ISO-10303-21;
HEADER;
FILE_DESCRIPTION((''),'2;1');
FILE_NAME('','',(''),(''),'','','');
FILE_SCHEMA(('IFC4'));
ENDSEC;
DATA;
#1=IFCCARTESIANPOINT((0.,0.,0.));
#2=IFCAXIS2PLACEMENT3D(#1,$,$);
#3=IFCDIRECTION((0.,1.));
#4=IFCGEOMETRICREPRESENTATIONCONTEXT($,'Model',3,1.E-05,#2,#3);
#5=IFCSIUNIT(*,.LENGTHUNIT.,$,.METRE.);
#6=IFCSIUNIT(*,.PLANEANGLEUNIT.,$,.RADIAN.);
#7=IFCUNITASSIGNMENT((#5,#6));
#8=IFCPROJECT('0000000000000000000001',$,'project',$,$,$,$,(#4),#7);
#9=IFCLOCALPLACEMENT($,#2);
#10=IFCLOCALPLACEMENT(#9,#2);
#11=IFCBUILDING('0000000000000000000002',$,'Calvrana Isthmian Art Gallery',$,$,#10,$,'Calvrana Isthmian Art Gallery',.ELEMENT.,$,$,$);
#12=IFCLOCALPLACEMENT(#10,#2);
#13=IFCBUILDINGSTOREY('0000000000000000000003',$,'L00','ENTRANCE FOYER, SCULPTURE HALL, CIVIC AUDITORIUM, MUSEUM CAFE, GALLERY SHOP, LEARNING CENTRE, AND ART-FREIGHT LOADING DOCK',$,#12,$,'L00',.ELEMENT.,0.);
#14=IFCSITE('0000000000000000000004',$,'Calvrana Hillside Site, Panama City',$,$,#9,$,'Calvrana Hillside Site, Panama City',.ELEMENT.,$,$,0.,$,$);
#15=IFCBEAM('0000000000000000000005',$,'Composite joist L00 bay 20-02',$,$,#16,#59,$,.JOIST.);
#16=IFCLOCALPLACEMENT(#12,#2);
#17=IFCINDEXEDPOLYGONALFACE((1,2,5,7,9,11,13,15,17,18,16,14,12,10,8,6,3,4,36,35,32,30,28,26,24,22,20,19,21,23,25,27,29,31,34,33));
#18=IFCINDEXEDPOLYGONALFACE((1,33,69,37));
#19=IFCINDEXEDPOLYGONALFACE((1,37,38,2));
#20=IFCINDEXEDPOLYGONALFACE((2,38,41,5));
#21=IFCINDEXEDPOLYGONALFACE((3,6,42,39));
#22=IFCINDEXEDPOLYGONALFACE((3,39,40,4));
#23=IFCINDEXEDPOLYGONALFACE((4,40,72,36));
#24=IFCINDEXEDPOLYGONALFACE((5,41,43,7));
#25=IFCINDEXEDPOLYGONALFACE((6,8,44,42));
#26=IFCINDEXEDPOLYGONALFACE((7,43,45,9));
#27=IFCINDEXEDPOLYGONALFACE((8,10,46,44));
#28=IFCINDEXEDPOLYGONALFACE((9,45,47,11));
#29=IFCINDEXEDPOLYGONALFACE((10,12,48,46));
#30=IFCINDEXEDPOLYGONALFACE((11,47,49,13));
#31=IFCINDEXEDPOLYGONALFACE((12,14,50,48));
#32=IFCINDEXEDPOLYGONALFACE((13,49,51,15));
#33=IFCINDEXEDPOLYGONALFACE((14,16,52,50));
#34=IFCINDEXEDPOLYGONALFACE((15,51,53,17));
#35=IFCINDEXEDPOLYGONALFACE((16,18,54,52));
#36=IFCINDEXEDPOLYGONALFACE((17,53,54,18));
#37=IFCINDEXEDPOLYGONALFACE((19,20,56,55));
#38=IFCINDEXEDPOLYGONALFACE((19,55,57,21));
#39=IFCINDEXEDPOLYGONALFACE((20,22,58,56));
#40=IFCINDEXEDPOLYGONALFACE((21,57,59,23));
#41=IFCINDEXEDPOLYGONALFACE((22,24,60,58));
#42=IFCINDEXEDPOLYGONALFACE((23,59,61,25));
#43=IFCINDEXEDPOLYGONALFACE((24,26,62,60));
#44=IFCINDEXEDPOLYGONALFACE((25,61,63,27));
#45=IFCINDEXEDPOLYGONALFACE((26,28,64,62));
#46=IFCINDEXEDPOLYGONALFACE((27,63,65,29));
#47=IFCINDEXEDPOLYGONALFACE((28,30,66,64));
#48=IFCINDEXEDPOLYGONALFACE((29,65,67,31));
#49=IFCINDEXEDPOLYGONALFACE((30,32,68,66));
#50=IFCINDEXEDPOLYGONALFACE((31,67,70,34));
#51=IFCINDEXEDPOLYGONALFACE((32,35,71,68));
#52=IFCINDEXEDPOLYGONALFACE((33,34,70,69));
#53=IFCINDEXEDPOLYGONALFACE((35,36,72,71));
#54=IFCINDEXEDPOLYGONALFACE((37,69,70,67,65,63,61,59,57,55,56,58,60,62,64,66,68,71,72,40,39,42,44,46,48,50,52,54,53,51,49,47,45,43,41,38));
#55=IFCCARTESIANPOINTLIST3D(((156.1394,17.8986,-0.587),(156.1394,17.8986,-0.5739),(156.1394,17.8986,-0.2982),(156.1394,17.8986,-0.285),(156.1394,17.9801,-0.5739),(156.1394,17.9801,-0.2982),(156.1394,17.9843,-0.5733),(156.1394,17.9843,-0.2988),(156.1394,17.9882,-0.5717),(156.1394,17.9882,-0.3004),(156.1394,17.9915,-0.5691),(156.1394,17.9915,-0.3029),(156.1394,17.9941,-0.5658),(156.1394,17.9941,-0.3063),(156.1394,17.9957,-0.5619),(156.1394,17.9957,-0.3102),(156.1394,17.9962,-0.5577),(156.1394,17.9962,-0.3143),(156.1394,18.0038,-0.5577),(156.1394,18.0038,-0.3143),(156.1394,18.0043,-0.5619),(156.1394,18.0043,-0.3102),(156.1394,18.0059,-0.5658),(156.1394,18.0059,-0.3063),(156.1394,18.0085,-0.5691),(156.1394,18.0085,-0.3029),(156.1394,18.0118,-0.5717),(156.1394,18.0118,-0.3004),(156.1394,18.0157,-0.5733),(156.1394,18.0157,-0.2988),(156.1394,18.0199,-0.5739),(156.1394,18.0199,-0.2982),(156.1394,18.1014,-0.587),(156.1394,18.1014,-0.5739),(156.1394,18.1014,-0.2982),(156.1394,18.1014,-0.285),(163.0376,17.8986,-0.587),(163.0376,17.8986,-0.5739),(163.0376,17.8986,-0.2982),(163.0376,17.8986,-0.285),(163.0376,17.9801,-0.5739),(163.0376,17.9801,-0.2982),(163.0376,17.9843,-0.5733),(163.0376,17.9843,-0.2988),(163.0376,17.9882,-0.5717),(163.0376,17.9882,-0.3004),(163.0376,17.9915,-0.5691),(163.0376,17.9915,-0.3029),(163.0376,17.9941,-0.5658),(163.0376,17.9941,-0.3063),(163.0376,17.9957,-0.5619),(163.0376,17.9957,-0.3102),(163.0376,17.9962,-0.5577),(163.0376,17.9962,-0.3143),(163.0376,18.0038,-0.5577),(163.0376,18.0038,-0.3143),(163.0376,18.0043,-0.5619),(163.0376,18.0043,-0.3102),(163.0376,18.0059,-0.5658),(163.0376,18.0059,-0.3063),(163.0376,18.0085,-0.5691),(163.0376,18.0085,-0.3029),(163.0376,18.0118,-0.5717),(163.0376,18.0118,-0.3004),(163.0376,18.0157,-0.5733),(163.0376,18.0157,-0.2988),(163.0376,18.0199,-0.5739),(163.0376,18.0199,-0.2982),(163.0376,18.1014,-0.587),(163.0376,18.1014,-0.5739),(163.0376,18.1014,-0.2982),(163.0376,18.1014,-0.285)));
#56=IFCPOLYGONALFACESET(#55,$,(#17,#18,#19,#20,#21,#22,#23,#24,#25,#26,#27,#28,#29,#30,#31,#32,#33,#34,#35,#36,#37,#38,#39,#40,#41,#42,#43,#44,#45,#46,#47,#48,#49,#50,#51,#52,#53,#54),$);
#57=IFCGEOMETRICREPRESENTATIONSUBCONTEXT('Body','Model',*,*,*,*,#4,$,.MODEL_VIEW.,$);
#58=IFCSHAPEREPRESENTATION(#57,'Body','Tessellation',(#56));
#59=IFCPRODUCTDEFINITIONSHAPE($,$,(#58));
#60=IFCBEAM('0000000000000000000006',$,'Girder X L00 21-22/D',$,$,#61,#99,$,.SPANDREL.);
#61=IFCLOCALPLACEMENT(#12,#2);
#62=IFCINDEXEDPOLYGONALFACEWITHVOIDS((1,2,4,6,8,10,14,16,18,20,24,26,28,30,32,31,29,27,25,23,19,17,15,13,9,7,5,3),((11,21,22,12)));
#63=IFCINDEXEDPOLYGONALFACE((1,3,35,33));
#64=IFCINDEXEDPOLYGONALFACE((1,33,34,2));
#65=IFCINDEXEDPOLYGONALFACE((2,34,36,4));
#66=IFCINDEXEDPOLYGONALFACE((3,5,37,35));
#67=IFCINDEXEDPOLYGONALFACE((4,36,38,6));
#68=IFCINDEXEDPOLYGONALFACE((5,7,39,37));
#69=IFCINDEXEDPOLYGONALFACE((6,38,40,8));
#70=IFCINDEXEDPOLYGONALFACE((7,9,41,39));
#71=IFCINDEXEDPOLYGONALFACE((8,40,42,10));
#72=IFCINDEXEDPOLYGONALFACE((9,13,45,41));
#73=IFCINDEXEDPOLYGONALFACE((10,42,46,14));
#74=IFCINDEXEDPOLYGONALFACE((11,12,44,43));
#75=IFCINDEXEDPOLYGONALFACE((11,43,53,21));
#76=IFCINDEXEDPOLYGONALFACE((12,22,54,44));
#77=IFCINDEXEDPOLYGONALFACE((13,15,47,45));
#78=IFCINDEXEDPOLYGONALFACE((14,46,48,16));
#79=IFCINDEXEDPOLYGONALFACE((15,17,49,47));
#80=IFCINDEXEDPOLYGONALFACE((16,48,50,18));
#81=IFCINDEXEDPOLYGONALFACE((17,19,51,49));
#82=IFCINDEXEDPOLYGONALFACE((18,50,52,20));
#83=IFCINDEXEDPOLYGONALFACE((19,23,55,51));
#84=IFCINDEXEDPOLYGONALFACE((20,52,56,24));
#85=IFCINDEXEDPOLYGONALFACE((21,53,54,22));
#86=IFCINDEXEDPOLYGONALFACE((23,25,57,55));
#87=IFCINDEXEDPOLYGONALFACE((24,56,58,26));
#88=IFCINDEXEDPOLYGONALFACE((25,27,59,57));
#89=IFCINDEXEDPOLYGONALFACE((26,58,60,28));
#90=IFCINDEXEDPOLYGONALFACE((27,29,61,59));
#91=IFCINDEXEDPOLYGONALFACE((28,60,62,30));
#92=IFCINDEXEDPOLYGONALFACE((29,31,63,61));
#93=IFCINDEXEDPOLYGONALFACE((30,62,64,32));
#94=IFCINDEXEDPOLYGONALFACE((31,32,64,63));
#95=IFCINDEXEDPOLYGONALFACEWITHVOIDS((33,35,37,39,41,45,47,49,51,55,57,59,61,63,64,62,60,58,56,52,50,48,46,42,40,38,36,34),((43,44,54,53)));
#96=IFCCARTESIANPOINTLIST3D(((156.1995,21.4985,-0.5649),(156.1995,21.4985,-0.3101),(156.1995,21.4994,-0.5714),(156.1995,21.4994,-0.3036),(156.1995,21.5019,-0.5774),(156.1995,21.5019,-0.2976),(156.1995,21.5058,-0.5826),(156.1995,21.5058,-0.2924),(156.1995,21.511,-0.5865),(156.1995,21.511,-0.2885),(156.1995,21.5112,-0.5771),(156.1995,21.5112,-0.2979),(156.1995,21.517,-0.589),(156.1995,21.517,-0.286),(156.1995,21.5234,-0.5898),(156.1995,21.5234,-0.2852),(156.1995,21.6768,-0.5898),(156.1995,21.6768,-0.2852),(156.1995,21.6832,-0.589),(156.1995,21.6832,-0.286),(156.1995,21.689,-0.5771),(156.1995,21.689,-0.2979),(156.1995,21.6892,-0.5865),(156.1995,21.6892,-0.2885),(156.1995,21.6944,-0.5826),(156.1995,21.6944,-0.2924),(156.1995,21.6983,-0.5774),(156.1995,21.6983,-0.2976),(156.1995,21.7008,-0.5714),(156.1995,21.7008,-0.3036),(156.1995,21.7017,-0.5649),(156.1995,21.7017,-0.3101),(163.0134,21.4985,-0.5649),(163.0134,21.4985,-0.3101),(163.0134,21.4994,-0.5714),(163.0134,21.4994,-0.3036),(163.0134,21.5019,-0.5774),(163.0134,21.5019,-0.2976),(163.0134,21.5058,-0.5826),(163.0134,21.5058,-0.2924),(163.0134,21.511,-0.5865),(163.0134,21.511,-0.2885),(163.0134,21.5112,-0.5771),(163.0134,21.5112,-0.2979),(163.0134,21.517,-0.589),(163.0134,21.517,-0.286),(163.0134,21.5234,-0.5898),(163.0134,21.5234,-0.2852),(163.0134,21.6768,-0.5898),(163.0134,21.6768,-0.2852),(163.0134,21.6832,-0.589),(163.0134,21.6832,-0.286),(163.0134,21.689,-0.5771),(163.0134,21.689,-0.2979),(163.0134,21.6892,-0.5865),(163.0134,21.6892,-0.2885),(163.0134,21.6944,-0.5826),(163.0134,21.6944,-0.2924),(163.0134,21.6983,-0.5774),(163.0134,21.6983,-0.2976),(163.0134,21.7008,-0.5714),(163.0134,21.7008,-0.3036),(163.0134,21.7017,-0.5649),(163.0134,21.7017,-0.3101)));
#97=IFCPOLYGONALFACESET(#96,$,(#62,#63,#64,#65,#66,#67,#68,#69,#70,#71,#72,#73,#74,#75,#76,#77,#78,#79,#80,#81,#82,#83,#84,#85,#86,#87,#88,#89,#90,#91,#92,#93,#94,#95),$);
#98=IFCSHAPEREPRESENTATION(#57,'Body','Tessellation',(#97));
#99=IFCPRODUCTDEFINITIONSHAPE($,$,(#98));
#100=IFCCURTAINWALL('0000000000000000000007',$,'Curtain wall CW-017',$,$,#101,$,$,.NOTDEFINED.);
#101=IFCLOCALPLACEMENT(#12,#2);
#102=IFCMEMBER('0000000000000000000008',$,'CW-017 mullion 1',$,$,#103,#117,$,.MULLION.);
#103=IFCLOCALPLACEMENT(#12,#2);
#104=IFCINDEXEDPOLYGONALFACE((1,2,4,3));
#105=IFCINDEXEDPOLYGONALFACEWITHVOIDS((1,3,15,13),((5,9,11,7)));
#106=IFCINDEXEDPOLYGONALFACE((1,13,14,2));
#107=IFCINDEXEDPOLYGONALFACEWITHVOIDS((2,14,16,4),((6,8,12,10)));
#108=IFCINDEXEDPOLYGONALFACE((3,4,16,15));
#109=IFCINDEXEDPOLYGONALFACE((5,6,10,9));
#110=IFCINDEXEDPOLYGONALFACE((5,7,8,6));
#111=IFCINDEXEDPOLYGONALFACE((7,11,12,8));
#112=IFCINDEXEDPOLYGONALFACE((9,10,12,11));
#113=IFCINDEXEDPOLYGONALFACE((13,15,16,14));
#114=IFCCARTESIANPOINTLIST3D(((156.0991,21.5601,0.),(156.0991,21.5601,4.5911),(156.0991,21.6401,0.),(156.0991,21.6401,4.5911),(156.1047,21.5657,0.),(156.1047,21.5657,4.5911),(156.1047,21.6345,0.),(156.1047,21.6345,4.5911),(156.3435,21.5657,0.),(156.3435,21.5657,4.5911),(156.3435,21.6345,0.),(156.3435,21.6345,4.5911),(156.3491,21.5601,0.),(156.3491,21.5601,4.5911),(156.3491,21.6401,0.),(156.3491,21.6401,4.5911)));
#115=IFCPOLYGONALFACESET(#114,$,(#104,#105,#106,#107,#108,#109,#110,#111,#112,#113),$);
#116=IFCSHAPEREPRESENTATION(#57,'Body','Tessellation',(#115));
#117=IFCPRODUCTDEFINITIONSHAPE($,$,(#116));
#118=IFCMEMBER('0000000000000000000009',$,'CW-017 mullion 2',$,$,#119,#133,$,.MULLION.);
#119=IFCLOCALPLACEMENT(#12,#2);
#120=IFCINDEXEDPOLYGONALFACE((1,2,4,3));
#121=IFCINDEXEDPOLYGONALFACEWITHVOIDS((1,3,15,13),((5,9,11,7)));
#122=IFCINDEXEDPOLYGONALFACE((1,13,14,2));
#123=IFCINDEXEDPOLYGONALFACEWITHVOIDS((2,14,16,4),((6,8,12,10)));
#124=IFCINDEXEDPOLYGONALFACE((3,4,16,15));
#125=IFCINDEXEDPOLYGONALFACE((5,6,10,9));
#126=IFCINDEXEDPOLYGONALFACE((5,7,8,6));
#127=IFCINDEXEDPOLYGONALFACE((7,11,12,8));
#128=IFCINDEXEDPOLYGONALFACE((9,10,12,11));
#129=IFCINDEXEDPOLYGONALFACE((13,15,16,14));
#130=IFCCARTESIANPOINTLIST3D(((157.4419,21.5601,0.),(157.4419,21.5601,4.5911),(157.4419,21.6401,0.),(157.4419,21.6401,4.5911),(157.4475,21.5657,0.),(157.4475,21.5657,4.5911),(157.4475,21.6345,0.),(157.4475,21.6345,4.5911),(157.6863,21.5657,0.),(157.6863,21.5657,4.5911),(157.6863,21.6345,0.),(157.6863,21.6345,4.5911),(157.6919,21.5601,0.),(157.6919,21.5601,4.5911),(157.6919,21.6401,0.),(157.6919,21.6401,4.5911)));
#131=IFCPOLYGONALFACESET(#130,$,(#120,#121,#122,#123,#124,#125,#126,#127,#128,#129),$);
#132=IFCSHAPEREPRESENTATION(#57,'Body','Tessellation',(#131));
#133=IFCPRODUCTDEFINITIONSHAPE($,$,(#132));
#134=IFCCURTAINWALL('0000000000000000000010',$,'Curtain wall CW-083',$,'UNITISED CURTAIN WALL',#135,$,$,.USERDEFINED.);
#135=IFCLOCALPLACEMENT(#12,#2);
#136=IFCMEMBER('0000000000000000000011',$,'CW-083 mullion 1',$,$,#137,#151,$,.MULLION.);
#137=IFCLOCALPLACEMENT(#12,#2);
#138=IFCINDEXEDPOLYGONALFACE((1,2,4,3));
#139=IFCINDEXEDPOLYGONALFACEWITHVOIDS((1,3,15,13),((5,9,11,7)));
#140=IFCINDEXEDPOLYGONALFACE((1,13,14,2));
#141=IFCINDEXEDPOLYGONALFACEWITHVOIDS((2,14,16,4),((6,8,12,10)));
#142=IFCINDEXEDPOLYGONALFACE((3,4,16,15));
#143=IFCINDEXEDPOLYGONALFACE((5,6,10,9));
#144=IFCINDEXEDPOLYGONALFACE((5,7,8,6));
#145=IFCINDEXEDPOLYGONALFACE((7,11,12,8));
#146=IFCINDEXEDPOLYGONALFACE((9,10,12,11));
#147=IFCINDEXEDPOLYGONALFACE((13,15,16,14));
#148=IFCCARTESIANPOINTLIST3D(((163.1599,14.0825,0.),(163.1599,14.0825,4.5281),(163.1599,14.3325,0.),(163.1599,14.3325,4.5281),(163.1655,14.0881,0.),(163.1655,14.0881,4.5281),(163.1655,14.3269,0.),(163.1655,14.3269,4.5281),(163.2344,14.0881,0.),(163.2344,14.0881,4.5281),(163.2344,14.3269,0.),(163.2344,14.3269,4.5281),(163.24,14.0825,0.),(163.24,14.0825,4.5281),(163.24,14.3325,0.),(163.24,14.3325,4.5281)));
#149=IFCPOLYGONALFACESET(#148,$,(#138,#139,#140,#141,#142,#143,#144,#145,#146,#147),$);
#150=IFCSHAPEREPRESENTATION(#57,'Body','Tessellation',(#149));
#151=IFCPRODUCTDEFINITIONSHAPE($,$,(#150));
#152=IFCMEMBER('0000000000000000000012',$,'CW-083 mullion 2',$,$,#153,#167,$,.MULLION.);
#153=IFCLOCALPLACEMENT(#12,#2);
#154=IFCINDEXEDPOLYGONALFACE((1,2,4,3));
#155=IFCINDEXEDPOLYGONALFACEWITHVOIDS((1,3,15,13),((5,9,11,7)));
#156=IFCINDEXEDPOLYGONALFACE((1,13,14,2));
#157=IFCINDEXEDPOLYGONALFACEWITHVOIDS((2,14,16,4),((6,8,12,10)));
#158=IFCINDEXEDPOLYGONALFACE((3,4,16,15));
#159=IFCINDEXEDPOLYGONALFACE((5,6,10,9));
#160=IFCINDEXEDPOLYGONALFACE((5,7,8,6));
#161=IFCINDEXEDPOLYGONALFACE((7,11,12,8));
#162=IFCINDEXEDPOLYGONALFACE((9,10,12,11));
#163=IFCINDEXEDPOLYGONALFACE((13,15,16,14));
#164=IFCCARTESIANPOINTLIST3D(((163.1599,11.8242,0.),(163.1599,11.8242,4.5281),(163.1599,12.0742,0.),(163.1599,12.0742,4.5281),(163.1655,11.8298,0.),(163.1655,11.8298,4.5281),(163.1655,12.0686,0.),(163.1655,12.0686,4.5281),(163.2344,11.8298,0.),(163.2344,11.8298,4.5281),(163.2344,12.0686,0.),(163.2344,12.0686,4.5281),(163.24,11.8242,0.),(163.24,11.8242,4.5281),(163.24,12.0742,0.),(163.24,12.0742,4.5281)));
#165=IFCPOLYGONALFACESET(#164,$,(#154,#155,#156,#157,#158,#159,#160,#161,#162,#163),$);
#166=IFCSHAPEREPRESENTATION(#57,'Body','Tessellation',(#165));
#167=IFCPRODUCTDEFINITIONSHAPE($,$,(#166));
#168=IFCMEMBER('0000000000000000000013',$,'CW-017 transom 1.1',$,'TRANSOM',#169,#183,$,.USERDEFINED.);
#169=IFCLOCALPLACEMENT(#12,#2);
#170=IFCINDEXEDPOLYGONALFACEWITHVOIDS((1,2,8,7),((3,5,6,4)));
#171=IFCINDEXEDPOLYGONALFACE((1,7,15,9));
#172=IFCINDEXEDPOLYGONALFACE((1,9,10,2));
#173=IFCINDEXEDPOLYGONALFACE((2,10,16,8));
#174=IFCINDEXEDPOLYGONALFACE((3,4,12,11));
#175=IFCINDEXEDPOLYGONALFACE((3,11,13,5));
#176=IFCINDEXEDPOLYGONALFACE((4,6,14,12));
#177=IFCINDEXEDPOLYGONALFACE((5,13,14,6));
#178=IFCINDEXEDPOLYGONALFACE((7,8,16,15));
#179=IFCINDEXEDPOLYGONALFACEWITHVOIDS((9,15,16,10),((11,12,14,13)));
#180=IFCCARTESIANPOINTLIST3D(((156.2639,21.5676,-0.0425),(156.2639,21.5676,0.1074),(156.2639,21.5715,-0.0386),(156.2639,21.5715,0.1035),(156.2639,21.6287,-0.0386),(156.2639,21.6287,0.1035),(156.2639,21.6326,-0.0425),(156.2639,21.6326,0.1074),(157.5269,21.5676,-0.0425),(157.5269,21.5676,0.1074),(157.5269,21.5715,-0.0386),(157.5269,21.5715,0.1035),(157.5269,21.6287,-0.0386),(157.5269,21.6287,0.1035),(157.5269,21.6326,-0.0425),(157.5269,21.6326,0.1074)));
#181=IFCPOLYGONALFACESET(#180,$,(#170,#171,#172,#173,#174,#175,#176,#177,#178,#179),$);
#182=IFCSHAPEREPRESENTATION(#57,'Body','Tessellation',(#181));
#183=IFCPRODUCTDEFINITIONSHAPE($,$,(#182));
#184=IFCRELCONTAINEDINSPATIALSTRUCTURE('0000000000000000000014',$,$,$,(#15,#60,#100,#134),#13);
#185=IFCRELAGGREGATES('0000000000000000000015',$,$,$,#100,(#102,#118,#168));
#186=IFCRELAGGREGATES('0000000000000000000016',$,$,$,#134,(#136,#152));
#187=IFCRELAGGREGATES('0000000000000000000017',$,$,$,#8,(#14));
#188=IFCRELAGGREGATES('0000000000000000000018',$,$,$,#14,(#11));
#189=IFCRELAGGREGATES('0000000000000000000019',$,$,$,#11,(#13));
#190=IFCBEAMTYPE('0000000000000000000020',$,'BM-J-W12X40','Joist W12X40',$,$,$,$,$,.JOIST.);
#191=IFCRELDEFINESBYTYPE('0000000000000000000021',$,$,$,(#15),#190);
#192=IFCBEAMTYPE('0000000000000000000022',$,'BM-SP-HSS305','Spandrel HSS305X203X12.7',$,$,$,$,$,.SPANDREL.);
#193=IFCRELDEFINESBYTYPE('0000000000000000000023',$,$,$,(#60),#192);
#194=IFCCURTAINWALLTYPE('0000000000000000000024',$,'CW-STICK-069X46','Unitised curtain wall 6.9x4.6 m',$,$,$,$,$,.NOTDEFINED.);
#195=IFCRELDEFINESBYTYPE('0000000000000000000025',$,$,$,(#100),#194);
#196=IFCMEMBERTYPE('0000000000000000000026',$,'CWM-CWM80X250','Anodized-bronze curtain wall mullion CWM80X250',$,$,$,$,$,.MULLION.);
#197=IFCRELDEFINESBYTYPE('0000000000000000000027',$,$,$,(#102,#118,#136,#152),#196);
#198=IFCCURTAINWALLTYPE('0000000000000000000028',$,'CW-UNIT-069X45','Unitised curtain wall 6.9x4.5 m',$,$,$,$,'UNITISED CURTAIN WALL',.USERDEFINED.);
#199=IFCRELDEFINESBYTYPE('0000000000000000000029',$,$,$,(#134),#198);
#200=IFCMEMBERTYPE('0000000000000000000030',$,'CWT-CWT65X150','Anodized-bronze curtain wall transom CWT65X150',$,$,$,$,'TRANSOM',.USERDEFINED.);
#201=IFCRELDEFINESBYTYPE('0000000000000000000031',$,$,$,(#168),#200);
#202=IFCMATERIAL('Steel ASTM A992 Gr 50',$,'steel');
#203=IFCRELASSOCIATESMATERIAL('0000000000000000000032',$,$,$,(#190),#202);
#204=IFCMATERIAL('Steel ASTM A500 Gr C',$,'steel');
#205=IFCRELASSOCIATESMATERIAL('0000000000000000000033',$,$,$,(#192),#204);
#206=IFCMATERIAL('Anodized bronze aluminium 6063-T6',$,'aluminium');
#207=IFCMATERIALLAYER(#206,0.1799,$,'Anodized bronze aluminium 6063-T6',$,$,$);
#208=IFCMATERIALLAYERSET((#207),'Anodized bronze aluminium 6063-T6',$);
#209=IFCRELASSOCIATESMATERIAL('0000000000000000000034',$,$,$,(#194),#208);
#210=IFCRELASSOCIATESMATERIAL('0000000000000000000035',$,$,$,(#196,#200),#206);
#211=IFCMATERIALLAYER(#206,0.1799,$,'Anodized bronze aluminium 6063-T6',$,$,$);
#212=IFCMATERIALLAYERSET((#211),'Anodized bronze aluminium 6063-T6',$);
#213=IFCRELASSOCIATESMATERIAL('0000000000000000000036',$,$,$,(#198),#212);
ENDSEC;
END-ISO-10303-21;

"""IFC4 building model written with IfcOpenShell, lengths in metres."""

from ifc_helpers import new_model, si_unit, direction, frame, origin, origin_2d, place, context, subcontext, project, spatial, hollow_rectangle, i_section, extrude, material, layer, layer_set, material_profile, profile_set, type_object, element, aggregate, save


model = new_model("IFC4")

# Units and contexts
model_context = context("Model", 3, precision=1e-05, world=origin(), true_north=direction((0.0, 1.0)))
body_context = subcontext(model_context, "Body", "Model", "MODEL_VIEW")
ifc_project = project(units=[si_unit("LENGTHUNIT", "METRE"), si_unit("PLANEANGLEUNIT", "RADIAN")], contexts=[model_context])

# Site, building, storey
site_placement = place(None, origin())
site = spatial("IfcSite", under=ifc_project, at=site_placement, Name="Calvrana Hillside Site, Panama City", LongName="Calvrana Hillside Site, Panama City", CompositionType="ELEMENT", RefElevation=0.0)
building_placement = place(site_placement, origin())
building = spatial("IfcBuilding", under=site, at=building_placement, Name="Calvrana Isthmian Art Gallery", LongName="Calvrana Isthmian Art Gallery", CompositionType="ELEMENT")
storey_placement = place(building_placement, origin())
storey = spatial("IfcBuildingStorey", under=building, at=storey_placement, Name="L00", Description="ENTRANCE FOYER, SCULPTURE HALL, CIVIC AUDITORIUM, MUSEUM CAFE, GALLERY SHOP, LEARNING CENTRE, AND ART-FREIGHT LOADING DOCK", LongName="L00", CompositionType="ELEMENT", Elevation=0.0)

# Shared definitions
ifc_material_1 = material(Name="Steel ASTM A500 Gr C", Category="steel")
ifc_material_2 = material(Name="Steel ASTM A992 Gr 50", Category="steel")

# Beams
ifc_material_profile_1 = material_profile(ifc_material_2, i_section(OverallWidth=0.2029, OverallDepth=0.302, WebThickness=0.0076, FlangeThickness=0.0132, FilletRadius=0.0161, at=origin_2d()), Name="W12X40")
ifc_profile_set_1 = profile_set([ifc_material_profile_1], Name="Steel ASTM A992 Gr 50")
beam_type_1 = type_object("IfcBeamType", Name="BM-J-W12X40", Description="Joist W12X40", PredefinedType="JOIST", material=ifc_profile_set_1)
beam_1_placement = place(storey_placement, frame((156.1394, 18.0, -0.436), z_axis=(1.0, 0.0, 0.0), x_axis=(0.0, 1.0, 0.0)))
element("IfcBeam", 1, at=beam_1_placement, inside=storey, type_object=beam_type_1, Name="Composite joist L00 bay 20-02", PredefinedType="JOIST", context=body_context, shape_type="SweptSolid", body=[
    extrude(i_section(OverallWidth=0.2029, OverallDepth=0.302, WebThickness=0.0076, FlangeThickness=0.0132, FilletRadius=0.0161, at=origin_2d()), origin(), (0.0, 0.0, 1.0), 6.8982),
])
ifc_material_profile_2 = material_profile(ifc_material_1, hollow_rectangle(XDim=0.2031, YDim=0.3047, WallThickness=0.0127, OuterFilletRadius=0.0249, at=origin_2d()), Name="HSS305X203X12.7")
ifc_profile_set_2 = profile_set([ifc_material_profile_2], Name="Steel ASTM A500 Gr C")
beam_type_2 = type_object("IfcBeamType", Name="BM-SP-HSS305", Description="Spandrel HSS305X203X12.7", PredefinedType="SPANDREL", material=ifc_profile_set_2)
beam_2_placement = place(storey_placement, frame((156.1995, 21.6001, -0.4375), z_axis=(1.0, 0.0, 0.0), x_axis=(0.0, 1.0, 0.0)))
element("IfcBeam", 2, at=beam_2_placement, inside=storey, type_object=beam_type_2, Name="Girder X L00 21-22/D", PredefinedType="SPANDREL", context=body_context, shape_type="SweptSolid", body=[
    extrude(hollow_rectangle(XDim=0.2031, YDim=0.3047, WallThickness=0.0127, OuterFilletRadius=0.0249, at=origin_2d()), origin(), (0.0, 0.0, 1.0), 6.814),
])

# Curtain walls, members
ifc_material_3 = material(Name="Anodized bronze aluminium 6063-T6", Category="aluminium")
ifc_layer_1 = layer(ifc_material_3, 0.1799, Name="Anodized bronze aluminium 6063-T6")
ifc_layer_set_1 = layer_set([ifc_layer_1], Name="Anodized bronze aluminium 6063-T6")
curtain_wall_type_1 = type_object("IfcCurtainWallType", Name="CW-STICK-069X46", Description="Unitised curtain wall 6.9x4.6 m", PredefinedType="NOTDEFINED", material=ifc_layer_set_1)
curtain_wall_1_placement = place(storey_placement, origin())
curtain_wall_1 = element("IfcCurtainWall", 3, at=curtain_wall_1_placement, inside=storey, type_object=curtain_wall_type_1, Name="Curtain wall CW-017", PredefinedType="NOTDEFINED")
ifc_material_profile_3 = material_profile(ifc_material_3, hollow_rectangle(XDim=0.0801, YDim=0.25, WallThickness=0.0056, at=origin_2d()), Name="CWM80X250")
ifc_profile_set_3 = profile_set([ifc_material_profile_3], Name="Anodized bronze aluminium 6063-T6")
member_type_1 = type_object("IfcMemberType", Name="CWM-CWM80X250", Description="Anodized-bronze curtain wall mullion CWM80X250", PredefinedType="MULLION", material=ifc_profile_set_3)
member_1_placement = place(storey_placement, frame((156.2241, 21.6001, 0.0), z_axis=(0.0, 0.0, 1.0), x_axis=(0.0, 1.0, 0.0)))
member_1 = element("IfcMember", 4, at=member_1_placement, type_object=member_type_1, Name="CW-017 mullion 1", PredefinedType="MULLION", context=body_context, shape_type="SweptSolid", body=[
    extrude(hollow_rectangle(XDim=0.0801, YDim=0.25, WallThickness=0.0056, at=origin_2d()), origin(), (0.0, 0.0, 1.0), 4.5911),
])
member_2_placement = place(storey_placement, frame((157.5669, 21.6001, 0.0), z_axis=(0.0, 0.0, 1.0), x_axis=(0.0, 1.0, 0.0)))
member_2 = element("IfcMember", 5, at=member_2_placement, type_object=member_type_1, Name="CW-017 mullion 2", PredefinedType="MULLION", context=body_context, shape_type="SweptSolid", body=[
    extrude(hollow_rectangle(XDim=0.0801, YDim=0.25, WallThickness=0.0056, at=origin_2d()), origin(), (0.0, 0.0, 1.0), 4.5911),
])
ifc_layer_2 = layer(ifc_material_3, 0.1799, Name="Anodized bronze aluminium 6063-T6")
ifc_layer_set_2 = layer_set([ifc_layer_2], Name="Anodized bronze aluminium 6063-T6")
curtain_wall_type_2 = type_object("IfcCurtainWallType", Name="CW-UNIT-069X45", Description="Unitised curtain wall 6.9x4.5 m", ElementType="UNITISED CURTAIN WALL", PredefinedType="USERDEFINED", material=ifc_layer_set_2)
curtain_wall_2_placement = place(storey_placement, origin())
curtain_wall_2 = element("IfcCurtainWall", 6, at=curtain_wall_2_placement, inside=storey, type_object=curtain_wall_type_2, Name="Curtain wall CW-083", ObjectType="UNITISED CURTAIN WALL", PredefinedType="USERDEFINED")
member_3_placement = place(storey_placement, frame((163.2, 14.2075, 0.0), z_axis=(0.0, 0.0, 1.0), x_axis=(1.0, 0.0, 0.0)))
member_3 = element("IfcMember", 7, at=member_3_placement, type_object=member_type_1, Name="CW-083 mullion 1", PredefinedType="MULLION", context=body_context, shape_type="SweptSolid", body=[
    extrude(hollow_rectangle(XDim=0.0801, YDim=0.25, WallThickness=0.0056, at=origin_2d()), origin(), (0.0, 0.0, 1.0), 4.5281),
])
member_4_placement = place(storey_placement, frame((163.2, 11.9492, 0.0), z_axis=(0.0, 0.0, 1.0), x_axis=(1.0, 0.0, 0.0)))
member_4 = element("IfcMember", 8, at=member_4_placement, type_object=member_type_1, Name="CW-083 mullion 2", PredefinedType="MULLION", context=body_context, shape_type="SweptSolid", body=[
    extrude(hollow_rectangle(XDim=0.0801, YDim=0.25, WallThickness=0.0056, at=origin_2d()), origin(), (0.0, 0.0, 1.0), 4.5281),
])

# Member
ifc_material_profile_4 = material_profile(ifc_material_3, hollow_rectangle(XDim=0.0649, YDim=0.1499, WallThickness=0.0039, at=origin_2d()), Name="CWT65X150")
ifc_profile_set_4 = profile_set([ifc_material_profile_4], Name="Anodized bronze aluminium 6063-T6")
member_type_2 = type_object("IfcMemberType", Name="CWT-CWT65X150", Description="Anodized-bronze curtain wall transom CWT65X150", ElementType="TRANSOM", PredefinedType="USERDEFINED", material=ifc_profile_set_4)
member_5_placement = place(storey_placement, frame((156.2639, 21.6001, 0.0325), z_axis=(1.0, 0.0, 0.0), x_axis=(0.0, 1.0, 0.0)))
member_5 = element("IfcMember", 9, at=member_5_placement, type_object=member_type_2, Name="CW-017 transom 1.1", ObjectType="TRANSOM", PredefinedType="USERDEFINED", context=body_context, shape_type="SweptSolid", body=[
    extrude(hollow_rectangle(XDim=0.0649, YDim=0.1499, WallThickness=0.0039, at=origin_2d()), origin(), (0.0, 0.0, 1.0), 1.2629),
])

aggregate(curtain_wall_1, [member_1, member_2, member_5])
aggregate(curtain_wall_2, [member_3, member_4])

save(model, "model.ifc")
